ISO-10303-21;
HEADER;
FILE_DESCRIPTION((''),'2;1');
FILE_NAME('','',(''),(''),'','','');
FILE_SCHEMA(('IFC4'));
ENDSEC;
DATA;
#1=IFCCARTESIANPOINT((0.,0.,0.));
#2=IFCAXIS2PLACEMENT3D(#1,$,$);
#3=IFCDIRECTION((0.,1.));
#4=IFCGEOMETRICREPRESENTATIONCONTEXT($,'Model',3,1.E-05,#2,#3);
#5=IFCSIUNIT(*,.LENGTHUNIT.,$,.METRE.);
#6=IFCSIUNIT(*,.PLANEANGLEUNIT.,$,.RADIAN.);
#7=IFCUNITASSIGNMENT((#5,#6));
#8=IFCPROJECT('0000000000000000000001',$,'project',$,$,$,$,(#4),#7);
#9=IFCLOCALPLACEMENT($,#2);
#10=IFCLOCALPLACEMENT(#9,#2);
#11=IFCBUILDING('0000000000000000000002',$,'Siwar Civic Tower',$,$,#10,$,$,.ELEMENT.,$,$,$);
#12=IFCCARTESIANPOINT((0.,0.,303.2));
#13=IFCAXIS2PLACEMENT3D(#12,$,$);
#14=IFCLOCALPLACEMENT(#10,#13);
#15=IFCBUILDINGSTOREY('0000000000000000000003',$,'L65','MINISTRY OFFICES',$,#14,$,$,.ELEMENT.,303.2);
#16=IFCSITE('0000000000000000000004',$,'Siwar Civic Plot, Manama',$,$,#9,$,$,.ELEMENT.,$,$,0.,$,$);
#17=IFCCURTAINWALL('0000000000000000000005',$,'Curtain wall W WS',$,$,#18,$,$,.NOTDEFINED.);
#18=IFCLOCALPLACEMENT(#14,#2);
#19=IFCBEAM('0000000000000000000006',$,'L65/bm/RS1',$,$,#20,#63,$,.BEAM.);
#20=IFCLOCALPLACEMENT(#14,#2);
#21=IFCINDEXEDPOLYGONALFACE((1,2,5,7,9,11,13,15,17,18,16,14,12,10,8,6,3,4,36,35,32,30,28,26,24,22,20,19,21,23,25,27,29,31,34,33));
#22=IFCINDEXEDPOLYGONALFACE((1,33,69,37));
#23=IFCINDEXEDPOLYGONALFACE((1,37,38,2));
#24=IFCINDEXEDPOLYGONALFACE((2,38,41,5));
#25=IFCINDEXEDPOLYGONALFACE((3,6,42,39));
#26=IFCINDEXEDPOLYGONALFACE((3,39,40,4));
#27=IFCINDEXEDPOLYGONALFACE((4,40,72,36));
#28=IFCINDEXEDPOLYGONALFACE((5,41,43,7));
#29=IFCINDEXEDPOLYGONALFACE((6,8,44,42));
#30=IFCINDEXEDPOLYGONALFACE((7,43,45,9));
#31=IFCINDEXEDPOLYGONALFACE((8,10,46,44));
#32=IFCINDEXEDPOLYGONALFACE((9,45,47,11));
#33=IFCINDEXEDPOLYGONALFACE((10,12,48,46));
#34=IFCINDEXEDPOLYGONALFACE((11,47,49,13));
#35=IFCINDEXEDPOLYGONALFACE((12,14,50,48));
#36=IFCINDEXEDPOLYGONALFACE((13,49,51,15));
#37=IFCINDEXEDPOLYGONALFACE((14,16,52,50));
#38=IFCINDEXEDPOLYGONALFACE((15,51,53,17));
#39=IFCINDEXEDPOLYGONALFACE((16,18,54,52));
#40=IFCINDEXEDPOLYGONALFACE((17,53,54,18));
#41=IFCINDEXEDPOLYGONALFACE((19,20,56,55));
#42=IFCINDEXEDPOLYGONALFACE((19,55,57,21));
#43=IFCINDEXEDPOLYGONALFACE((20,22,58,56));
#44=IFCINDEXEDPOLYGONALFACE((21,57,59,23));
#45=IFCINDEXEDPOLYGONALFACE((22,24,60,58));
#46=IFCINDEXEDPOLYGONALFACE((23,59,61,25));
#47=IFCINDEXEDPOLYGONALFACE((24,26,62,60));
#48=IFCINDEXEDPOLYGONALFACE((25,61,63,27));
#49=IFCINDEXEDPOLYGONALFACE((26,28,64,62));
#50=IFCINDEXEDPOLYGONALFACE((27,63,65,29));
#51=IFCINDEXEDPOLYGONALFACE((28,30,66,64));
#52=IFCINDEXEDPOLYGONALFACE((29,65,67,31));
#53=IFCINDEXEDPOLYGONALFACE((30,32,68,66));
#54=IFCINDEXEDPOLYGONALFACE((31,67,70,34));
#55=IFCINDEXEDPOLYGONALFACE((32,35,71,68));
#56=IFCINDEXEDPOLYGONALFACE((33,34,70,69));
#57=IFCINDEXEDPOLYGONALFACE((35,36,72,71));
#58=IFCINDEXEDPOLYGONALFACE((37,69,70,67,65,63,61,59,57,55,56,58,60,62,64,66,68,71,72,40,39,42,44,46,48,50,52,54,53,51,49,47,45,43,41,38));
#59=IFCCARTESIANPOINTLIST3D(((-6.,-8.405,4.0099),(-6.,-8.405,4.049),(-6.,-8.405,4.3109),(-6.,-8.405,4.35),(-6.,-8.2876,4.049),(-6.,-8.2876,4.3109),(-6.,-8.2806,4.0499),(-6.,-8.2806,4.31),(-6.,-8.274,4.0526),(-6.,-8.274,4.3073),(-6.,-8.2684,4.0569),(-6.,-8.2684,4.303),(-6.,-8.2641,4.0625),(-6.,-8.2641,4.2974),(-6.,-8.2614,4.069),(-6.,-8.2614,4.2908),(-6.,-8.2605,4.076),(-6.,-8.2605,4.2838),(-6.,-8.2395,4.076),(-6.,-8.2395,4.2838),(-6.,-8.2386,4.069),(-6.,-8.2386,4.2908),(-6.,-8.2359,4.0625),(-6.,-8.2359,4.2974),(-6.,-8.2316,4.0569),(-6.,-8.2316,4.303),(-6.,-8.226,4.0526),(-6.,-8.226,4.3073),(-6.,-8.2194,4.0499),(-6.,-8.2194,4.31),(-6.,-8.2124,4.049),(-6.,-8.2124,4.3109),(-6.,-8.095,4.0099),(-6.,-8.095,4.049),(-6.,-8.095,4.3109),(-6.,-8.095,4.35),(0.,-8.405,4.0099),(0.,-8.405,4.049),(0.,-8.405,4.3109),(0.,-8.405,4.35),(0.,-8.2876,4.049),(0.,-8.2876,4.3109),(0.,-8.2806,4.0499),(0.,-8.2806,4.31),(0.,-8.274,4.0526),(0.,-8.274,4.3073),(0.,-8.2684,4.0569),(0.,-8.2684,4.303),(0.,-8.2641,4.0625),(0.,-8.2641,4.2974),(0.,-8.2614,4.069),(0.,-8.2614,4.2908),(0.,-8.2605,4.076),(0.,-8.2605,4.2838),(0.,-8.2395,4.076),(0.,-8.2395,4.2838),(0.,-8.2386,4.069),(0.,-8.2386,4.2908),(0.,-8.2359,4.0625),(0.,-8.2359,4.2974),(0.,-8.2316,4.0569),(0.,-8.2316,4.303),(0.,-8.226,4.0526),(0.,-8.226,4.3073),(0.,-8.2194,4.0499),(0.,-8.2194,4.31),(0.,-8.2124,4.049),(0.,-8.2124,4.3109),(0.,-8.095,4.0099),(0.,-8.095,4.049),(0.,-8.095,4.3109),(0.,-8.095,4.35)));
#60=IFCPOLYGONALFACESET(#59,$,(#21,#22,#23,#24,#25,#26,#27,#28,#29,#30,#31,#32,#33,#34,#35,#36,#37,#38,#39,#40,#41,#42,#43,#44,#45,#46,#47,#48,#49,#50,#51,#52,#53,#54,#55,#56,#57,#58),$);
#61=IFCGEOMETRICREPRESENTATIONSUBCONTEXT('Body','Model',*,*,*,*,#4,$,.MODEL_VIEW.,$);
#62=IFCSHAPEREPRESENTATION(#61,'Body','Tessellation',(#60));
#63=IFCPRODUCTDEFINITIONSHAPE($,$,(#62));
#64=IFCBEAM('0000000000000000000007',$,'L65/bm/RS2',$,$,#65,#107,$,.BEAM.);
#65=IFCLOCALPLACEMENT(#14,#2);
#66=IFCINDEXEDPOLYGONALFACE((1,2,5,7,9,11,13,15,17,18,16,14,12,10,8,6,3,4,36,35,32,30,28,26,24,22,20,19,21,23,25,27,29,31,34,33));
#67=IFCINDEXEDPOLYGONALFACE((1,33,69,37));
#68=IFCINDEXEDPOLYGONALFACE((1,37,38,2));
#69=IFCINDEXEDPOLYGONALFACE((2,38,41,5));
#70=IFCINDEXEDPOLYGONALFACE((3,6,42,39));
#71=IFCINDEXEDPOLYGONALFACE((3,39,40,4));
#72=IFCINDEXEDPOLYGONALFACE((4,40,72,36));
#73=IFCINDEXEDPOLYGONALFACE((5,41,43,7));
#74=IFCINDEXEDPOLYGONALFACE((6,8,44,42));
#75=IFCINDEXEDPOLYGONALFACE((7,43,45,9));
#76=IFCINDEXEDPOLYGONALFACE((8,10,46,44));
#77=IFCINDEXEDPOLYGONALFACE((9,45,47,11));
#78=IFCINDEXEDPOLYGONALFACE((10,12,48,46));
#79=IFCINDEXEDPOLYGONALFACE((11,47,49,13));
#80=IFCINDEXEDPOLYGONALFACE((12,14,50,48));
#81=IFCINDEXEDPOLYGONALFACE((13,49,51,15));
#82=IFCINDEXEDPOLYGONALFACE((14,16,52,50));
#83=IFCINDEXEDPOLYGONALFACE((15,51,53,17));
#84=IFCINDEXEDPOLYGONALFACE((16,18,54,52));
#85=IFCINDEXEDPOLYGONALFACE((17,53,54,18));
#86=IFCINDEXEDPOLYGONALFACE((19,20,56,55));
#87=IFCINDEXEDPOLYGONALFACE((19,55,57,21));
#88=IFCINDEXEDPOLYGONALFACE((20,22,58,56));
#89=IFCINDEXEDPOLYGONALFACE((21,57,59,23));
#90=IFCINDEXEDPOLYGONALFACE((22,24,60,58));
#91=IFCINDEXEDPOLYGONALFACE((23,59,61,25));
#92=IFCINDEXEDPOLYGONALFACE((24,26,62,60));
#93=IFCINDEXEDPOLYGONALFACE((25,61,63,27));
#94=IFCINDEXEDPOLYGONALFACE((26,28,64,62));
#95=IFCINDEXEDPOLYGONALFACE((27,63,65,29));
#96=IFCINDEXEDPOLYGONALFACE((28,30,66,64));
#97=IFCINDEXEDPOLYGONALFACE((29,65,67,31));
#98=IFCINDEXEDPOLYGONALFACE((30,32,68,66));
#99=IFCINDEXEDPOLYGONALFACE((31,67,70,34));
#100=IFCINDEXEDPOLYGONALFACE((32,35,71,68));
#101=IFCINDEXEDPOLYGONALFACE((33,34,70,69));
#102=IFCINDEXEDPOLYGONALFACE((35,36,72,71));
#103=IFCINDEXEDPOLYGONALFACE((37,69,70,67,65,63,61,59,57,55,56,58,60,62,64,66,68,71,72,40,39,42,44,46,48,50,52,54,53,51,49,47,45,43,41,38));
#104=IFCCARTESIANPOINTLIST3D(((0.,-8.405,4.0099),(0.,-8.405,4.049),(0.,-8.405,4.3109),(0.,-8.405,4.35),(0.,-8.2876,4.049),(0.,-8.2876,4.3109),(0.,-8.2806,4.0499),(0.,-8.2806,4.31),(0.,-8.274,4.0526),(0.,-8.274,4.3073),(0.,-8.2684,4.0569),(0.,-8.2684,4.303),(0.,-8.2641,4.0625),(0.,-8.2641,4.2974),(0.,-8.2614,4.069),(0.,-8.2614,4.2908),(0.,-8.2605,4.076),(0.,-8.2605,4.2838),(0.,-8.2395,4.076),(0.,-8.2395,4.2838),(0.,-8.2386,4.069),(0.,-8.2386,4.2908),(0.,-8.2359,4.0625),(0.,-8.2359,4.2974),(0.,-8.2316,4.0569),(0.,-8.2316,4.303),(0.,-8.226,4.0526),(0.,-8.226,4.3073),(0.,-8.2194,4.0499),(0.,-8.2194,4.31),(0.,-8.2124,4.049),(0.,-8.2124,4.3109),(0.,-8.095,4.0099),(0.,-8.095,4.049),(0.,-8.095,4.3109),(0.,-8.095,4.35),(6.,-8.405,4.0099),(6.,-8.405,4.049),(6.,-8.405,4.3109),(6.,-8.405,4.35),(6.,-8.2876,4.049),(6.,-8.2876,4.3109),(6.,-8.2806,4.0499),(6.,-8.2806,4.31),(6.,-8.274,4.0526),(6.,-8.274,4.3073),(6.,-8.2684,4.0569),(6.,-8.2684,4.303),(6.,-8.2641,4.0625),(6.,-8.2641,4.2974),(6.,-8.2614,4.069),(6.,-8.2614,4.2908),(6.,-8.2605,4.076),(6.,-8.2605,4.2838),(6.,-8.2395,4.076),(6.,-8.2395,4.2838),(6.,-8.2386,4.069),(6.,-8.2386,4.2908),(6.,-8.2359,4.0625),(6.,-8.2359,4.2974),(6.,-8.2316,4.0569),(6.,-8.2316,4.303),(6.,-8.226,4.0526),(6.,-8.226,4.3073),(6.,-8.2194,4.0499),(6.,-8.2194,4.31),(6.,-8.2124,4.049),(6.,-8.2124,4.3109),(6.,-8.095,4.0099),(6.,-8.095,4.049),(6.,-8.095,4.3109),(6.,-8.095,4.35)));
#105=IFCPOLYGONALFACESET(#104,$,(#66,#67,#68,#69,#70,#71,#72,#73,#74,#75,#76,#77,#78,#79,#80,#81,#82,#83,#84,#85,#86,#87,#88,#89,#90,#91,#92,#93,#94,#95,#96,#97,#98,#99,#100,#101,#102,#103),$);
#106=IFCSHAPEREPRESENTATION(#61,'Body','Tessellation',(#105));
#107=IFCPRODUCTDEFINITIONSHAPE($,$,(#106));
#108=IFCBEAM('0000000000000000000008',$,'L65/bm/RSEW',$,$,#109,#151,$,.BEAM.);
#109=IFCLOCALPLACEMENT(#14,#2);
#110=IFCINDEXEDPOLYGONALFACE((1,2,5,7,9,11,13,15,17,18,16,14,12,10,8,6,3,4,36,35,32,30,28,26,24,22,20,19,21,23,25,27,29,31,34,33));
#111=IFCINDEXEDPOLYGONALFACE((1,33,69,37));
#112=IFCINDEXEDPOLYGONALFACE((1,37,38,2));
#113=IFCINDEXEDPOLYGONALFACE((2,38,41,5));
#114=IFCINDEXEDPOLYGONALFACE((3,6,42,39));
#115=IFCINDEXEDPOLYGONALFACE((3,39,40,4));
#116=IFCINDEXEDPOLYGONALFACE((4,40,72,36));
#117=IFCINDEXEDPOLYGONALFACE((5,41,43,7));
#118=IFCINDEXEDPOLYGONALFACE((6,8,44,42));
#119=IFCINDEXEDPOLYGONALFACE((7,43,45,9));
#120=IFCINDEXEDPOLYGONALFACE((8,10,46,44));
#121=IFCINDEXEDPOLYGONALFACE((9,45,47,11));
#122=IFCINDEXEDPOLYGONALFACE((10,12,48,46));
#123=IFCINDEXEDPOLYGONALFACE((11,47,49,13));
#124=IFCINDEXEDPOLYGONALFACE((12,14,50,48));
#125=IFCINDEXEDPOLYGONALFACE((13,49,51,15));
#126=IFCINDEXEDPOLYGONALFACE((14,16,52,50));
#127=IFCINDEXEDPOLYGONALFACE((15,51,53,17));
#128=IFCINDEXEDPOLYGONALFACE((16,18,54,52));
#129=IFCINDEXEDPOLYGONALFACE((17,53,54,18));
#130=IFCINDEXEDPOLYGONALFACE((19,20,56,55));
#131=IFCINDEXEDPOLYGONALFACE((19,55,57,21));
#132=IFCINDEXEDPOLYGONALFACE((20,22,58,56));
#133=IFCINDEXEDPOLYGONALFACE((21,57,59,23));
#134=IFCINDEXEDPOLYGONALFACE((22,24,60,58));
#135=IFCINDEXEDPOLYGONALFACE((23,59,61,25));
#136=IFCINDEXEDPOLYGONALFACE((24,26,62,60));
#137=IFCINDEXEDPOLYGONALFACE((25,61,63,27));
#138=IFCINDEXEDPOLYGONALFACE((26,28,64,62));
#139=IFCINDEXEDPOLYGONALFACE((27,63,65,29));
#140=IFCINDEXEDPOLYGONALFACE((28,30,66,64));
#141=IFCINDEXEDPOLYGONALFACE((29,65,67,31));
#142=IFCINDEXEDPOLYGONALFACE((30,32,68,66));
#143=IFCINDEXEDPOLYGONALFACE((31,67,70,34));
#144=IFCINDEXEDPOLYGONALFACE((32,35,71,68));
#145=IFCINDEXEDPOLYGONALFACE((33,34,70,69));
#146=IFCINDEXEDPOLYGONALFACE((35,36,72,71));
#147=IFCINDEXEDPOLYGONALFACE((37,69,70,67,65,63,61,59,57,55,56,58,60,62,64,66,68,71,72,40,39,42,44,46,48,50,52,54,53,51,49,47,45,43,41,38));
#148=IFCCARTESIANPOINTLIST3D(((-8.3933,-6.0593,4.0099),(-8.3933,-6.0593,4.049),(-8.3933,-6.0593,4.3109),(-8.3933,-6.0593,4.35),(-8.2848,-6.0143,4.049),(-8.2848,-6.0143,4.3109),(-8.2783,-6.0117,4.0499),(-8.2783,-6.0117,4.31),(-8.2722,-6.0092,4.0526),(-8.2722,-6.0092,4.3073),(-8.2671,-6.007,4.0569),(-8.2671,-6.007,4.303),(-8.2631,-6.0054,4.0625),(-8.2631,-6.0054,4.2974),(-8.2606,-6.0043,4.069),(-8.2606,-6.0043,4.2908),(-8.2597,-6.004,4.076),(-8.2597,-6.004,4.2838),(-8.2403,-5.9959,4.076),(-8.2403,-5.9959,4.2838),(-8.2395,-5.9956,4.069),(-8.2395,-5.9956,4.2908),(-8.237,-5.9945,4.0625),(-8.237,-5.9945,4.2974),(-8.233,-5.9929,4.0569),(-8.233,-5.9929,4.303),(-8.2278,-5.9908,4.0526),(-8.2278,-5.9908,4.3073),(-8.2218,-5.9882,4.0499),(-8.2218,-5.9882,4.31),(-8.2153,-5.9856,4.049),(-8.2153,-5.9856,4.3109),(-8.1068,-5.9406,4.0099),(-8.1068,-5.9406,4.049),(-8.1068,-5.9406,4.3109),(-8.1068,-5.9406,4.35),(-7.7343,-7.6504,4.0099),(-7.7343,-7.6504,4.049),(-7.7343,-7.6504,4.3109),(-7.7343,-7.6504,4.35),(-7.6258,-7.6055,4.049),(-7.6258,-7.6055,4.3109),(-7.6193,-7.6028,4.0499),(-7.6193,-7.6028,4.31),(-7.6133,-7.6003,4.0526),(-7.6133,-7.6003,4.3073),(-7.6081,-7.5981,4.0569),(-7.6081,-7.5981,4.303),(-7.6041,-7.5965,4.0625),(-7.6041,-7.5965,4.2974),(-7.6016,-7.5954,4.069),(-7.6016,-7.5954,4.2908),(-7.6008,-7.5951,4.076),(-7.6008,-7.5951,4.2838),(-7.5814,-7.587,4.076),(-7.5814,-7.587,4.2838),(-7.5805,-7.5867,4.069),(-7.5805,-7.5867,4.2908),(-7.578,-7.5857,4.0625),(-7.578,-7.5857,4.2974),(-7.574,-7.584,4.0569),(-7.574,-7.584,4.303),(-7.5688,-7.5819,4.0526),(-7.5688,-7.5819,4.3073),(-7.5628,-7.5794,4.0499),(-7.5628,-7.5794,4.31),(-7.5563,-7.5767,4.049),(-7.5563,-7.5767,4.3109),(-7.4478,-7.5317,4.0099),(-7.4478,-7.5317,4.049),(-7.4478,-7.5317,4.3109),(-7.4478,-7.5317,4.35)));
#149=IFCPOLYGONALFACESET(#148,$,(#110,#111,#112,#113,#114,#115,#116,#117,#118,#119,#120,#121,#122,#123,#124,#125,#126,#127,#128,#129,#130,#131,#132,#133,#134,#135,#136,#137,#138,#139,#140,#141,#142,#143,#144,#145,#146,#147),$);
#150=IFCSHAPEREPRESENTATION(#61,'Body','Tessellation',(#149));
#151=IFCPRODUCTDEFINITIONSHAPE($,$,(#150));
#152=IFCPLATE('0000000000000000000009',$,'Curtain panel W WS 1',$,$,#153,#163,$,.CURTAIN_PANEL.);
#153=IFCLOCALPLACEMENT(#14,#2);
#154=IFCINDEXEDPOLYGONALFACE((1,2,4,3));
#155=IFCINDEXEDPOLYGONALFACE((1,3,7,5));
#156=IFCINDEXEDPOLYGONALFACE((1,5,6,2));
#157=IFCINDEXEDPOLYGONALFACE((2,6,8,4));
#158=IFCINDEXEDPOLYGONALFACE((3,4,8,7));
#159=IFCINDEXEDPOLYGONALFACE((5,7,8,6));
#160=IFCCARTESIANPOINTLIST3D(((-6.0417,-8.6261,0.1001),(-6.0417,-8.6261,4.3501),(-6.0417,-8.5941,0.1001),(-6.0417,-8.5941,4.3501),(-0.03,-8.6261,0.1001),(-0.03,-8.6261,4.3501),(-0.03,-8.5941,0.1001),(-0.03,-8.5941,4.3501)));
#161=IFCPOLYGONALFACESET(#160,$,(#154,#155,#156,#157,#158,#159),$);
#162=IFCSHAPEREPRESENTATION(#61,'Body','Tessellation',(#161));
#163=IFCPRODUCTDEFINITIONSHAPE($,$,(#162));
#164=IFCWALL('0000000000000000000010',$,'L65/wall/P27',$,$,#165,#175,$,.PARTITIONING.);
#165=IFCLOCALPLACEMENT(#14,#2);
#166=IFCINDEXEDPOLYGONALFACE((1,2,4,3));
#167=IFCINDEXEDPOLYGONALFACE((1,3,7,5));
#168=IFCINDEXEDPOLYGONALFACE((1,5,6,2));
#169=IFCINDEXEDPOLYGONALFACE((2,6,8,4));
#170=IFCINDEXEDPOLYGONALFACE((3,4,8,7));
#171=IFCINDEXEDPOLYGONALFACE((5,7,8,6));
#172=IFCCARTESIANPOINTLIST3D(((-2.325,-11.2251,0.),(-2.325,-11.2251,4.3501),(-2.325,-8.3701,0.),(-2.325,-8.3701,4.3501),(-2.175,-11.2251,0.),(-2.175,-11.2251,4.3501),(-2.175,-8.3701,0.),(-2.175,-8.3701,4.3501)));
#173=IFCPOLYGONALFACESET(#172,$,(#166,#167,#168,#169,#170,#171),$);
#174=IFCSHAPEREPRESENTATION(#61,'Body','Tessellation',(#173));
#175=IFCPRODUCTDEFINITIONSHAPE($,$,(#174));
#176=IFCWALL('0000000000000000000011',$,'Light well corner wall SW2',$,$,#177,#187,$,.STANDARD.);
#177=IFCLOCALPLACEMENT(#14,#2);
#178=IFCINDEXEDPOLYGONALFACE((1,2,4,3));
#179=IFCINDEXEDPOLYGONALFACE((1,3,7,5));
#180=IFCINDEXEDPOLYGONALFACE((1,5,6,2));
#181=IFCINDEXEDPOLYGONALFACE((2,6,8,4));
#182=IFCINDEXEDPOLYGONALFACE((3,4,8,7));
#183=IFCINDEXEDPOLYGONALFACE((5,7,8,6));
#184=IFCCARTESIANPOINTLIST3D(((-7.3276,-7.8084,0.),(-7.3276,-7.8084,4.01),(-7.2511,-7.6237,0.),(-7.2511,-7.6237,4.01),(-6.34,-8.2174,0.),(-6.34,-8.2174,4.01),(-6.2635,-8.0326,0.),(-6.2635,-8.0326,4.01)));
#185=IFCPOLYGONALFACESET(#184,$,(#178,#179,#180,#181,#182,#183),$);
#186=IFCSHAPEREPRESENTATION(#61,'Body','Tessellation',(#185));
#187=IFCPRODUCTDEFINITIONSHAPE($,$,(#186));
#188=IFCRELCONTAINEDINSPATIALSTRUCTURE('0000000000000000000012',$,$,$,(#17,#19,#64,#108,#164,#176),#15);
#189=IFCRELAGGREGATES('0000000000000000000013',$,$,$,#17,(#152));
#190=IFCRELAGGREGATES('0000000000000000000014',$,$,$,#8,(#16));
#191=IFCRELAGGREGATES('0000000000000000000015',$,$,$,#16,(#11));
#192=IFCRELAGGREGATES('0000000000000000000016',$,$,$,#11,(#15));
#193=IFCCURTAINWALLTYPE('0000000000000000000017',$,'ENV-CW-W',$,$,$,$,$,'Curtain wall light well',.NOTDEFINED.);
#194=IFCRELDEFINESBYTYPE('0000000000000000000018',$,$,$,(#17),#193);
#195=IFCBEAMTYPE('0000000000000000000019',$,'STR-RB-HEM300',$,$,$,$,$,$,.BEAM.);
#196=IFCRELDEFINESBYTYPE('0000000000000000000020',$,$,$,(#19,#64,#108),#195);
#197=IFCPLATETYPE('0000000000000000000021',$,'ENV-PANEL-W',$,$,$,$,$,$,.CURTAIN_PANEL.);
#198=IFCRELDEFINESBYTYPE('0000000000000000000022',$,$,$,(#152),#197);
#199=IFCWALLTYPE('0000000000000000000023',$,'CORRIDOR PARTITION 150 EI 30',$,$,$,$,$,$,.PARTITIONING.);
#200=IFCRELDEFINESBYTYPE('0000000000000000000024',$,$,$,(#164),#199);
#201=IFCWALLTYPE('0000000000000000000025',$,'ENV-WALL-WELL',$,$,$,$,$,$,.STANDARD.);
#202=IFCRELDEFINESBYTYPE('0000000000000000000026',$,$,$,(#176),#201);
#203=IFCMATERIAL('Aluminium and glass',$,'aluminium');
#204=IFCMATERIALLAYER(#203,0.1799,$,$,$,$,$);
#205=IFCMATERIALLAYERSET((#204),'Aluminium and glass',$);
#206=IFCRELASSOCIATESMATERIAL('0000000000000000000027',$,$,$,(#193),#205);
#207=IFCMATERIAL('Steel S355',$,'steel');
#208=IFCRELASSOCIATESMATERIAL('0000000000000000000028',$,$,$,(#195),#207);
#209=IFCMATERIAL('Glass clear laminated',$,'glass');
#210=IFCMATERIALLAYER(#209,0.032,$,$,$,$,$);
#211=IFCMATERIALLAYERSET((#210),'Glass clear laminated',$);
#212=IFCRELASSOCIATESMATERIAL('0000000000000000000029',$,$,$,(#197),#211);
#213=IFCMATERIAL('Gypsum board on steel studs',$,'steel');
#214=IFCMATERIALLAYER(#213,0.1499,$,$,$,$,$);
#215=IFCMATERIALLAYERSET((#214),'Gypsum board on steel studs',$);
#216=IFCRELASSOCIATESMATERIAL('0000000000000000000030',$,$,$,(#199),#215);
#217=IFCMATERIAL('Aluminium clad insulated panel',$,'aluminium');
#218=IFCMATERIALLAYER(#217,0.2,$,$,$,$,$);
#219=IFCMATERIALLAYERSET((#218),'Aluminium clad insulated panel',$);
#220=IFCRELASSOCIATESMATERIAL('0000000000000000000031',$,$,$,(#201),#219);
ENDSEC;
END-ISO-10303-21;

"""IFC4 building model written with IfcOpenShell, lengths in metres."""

from ifc_helpers import new_model, si_unit, direction, frame, frame_2d, origin, origin_2d, place, context, subcontext, project, spatial, rectangle, i_section, extrude, material, layer, layer_set, material_profile, profile_set, type_object, element, aggregate, save


model = new_model("IFC4")

# Units and contexts
model_context = context("Model", 3, precision=1e-05, world=origin(), true_north=direction((0.0, 1.0)))
body_context = subcontext(model_context, "Body", "Model", "MODEL_VIEW")
ifc_project = project(units=[si_unit("LENGTHUNIT", "METRE"), si_unit("PLANEANGLEUNIT", "RADIAN")], contexts=[model_context])

# Site, building, storey
site_placement = place(None, origin())
site = spatial("IfcSite", under=ifc_project, at=site_placement, Name="Siwar Civic Plot, Manama", CompositionType="ELEMENT", RefElevation=0.0)
building_placement = place(site_placement, origin())
building = spatial("IfcBuilding", under=site, at=building_placement, Name="Siwar Civic Tower", CompositionType="ELEMENT")
storey_placement = place(building_placement, frame((0.0, 0.0, 303.2)))
storey = spatial("IfcBuildingStorey", under=building, at=storey_placement, Name="L65", Description="MINISTRY OFFICES", CompositionType="ELEMENT", Elevation=303.2)

# Curtain wall
ifc_material_1 = material(Name="Aluminium and glass", Category="aluminium")
ifc_layer_1 = layer(ifc_material_1, 0.1799)
ifc_layer_set_1 = layer_set([ifc_layer_1], Name="Aluminium and glass")
curtain_wall_type = type_object("IfcCurtainWallType", Name="ENV-CW-W", ElementType="Curtain wall light well", PredefinedType="NOTDEFINED", material=ifc_layer_set_1)
curtain_wall_placement = place(storey_placement, origin())
curtain_wall = element("IfcCurtainWall", 1, at=curtain_wall_placement, inside=storey, type_object=curtain_wall_type, Name="Curtain wall W WS", PredefinedType="NOTDEFINED")

# Beams
ifc_material_2 = material(Name="Steel S355", Category="steel")
ifc_material_profile_1 = material_profile(ifc_material_2, i_section(OverallWidth=0.3101, OverallDepth=0.3401, WebThickness=0.021, FlangeThickness=0.0391, FilletRadius=0.0271, at=origin_2d()), Name="HEM300")
ifc_profile_set_1 = profile_set([ifc_material_profile_1], Name="Steel S355")
beam_type_1 = type_object("IfcBeamType", Name="STR-RB-HEM300", PredefinedType="BEAM", material=ifc_profile_set_1)
for number, where, z_axis, x_axis, name in (
    (2, (-6.0, -8.25, 4.1799), (1.0, 0.0, 0.0), (0.0, 1.0, 0.0), "L65/bm/RS1"),
    (3, (0.0, -8.25, 4.1799), (1.0, 0.0, 0.0), (0.0, 1.0, 0.0), "L65/bm/RS2"),
):
    element("IfcBeam", number, at=place(storey_placement, frame(where, z_axis=z_axis, x_axis=x_axis)), inside=storey, type_object=beam_type_1, Name=name, PredefinedType="BEAM", context=body_context, shape_type="SweptSolid", body=[
        extrude(i_section(OverallWidth=0.3101, OverallDepth=0.3401, WebThickness=0.021, FlangeThickness=0.0391, FilletRadius=0.0271, at=origin_2d()), origin(), (0.0, 0.0, 1.0), 6.0),
    ])
beam_1_placement = place(storey_placement, frame((-7.5911, -7.5911, 4.1799), z_axis=(-0.382631, 0.923901, 0.0), x_axis=(-0.923901, -0.382631, 0.0)))
element("IfcBeam", 4, at=beam_1_placement, inside=storey, type_object=beam_type_1, Name="L65/bm/RSEW", PredefinedType="BEAM", context=body_context, shape_type="SweptSolid", body=[
    extrude(i_section(OverallWidth=0.3101, OverallDepth=0.3401, WebThickness=0.021, FlangeThickness=0.0391, FilletRadius=0.0271, at=origin_2d()), origin(), (0.0, 0.0, 1.0), 1.7222),
])

# Plate
ifc_material_3 = material(Name="Glass clear laminated", Category="glass")
ifc_layer_2 = layer(ifc_material_3, 0.032)
ifc_layer_set_2 = layer_set([ifc_layer_2], Name="Glass clear laminated")
plate_type = type_object("IfcPlateType", Name="ENV-PANEL-W", PredefinedType="CURTAIN_PANEL", material=ifc_layer_set_2)
plate_placement = place(storey_placement, frame((-3.0359, -8.6101, 0.1001), z_axis=(0.0, 0.0, 1.0), x_axis=(1.0, 0.0, 0.0)))
plate = element("IfcPlate", 5, at=plate_placement, type_object=plate_type, Name="Curtain panel W WS 1", PredefinedType="CURTAIN_PANEL", context=body_context, shape_type="SweptSolid", body=[
    extrude(rectangle(XDim=6.0117, YDim=0.032, at=origin_2d()), origin(), (0.0, 0.0, 1.0), 4.25),
])
aggregate(curtain_wall, [plate])

# Walls
ifc_material_4 = material(Name="Gypsum board on steel studs", Category="steel")
ifc_layer_3 = layer(ifc_material_4, 0.1499)
ifc_layer_set_3 = layer_set([ifc_layer_3], Name="Gypsum board on steel studs")
wall_type_1 = type_object("IfcWallType", Name="CORRIDOR PARTITION 150 EI 30", PredefinedType="PARTITIONING", material=ifc_layer_set_3)
wall_1_placement = place(storey_placement, frame((-2.25, -11.2251, 0.0), z_axis=(0.0, 0.0, 1.0), x_axis=(0.0, 1.0, 0.0)))
element("IfcWall", 6, at=wall_1_placement, inside=storey, type_object=wall_type_1, Name="L65/wall/P27", PredefinedType="PARTITIONING", context=body_context, shape_type="SweptSolid", body=[
    extrude(rectangle(XDim=2.855, YDim=0.1499, at=frame_2d((1.4275, 0.0))), origin(), (0.0, 0.0, 1.0), 4.3501),
])
ifc_material_5 = material(Name="Aluminium clad insulated panel", Category="aluminium")
ifc_layer_4 = layer(ifc_material_5, 0.2)
ifc_layer_set_4 = layer_set([ifc_layer_4], Name="Aluminium clad insulated panel")
wall_type_2 = type_object("IfcWallType", Name="ENV-WALL-WELL", PredefinedType="STANDARD", material=ifc_layer_set_4)
wall_2_placement = place(storey_placement, frame((-7.2893, -7.7161, 0.0), z_axis=(0.0, 0.0, 1.0), x_axis=(0.923919, -0.382587, 0.0)))
element("IfcWall", 7, at=wall_2_placement, inside=storey, type_object=wall_type_2, Name="Light well corner wall SW2", PredefinedType="STANDARD", context=body_context, shape_type="SweptSolid", body=[
    extrude(rectangle(XDim=1.0688, YDim=0.2, at=frame_2d((0.5344, 0.0))), origin(), (0.0, 0.0, 1.0), 4.01),
])

save(model, "model.ifc")
